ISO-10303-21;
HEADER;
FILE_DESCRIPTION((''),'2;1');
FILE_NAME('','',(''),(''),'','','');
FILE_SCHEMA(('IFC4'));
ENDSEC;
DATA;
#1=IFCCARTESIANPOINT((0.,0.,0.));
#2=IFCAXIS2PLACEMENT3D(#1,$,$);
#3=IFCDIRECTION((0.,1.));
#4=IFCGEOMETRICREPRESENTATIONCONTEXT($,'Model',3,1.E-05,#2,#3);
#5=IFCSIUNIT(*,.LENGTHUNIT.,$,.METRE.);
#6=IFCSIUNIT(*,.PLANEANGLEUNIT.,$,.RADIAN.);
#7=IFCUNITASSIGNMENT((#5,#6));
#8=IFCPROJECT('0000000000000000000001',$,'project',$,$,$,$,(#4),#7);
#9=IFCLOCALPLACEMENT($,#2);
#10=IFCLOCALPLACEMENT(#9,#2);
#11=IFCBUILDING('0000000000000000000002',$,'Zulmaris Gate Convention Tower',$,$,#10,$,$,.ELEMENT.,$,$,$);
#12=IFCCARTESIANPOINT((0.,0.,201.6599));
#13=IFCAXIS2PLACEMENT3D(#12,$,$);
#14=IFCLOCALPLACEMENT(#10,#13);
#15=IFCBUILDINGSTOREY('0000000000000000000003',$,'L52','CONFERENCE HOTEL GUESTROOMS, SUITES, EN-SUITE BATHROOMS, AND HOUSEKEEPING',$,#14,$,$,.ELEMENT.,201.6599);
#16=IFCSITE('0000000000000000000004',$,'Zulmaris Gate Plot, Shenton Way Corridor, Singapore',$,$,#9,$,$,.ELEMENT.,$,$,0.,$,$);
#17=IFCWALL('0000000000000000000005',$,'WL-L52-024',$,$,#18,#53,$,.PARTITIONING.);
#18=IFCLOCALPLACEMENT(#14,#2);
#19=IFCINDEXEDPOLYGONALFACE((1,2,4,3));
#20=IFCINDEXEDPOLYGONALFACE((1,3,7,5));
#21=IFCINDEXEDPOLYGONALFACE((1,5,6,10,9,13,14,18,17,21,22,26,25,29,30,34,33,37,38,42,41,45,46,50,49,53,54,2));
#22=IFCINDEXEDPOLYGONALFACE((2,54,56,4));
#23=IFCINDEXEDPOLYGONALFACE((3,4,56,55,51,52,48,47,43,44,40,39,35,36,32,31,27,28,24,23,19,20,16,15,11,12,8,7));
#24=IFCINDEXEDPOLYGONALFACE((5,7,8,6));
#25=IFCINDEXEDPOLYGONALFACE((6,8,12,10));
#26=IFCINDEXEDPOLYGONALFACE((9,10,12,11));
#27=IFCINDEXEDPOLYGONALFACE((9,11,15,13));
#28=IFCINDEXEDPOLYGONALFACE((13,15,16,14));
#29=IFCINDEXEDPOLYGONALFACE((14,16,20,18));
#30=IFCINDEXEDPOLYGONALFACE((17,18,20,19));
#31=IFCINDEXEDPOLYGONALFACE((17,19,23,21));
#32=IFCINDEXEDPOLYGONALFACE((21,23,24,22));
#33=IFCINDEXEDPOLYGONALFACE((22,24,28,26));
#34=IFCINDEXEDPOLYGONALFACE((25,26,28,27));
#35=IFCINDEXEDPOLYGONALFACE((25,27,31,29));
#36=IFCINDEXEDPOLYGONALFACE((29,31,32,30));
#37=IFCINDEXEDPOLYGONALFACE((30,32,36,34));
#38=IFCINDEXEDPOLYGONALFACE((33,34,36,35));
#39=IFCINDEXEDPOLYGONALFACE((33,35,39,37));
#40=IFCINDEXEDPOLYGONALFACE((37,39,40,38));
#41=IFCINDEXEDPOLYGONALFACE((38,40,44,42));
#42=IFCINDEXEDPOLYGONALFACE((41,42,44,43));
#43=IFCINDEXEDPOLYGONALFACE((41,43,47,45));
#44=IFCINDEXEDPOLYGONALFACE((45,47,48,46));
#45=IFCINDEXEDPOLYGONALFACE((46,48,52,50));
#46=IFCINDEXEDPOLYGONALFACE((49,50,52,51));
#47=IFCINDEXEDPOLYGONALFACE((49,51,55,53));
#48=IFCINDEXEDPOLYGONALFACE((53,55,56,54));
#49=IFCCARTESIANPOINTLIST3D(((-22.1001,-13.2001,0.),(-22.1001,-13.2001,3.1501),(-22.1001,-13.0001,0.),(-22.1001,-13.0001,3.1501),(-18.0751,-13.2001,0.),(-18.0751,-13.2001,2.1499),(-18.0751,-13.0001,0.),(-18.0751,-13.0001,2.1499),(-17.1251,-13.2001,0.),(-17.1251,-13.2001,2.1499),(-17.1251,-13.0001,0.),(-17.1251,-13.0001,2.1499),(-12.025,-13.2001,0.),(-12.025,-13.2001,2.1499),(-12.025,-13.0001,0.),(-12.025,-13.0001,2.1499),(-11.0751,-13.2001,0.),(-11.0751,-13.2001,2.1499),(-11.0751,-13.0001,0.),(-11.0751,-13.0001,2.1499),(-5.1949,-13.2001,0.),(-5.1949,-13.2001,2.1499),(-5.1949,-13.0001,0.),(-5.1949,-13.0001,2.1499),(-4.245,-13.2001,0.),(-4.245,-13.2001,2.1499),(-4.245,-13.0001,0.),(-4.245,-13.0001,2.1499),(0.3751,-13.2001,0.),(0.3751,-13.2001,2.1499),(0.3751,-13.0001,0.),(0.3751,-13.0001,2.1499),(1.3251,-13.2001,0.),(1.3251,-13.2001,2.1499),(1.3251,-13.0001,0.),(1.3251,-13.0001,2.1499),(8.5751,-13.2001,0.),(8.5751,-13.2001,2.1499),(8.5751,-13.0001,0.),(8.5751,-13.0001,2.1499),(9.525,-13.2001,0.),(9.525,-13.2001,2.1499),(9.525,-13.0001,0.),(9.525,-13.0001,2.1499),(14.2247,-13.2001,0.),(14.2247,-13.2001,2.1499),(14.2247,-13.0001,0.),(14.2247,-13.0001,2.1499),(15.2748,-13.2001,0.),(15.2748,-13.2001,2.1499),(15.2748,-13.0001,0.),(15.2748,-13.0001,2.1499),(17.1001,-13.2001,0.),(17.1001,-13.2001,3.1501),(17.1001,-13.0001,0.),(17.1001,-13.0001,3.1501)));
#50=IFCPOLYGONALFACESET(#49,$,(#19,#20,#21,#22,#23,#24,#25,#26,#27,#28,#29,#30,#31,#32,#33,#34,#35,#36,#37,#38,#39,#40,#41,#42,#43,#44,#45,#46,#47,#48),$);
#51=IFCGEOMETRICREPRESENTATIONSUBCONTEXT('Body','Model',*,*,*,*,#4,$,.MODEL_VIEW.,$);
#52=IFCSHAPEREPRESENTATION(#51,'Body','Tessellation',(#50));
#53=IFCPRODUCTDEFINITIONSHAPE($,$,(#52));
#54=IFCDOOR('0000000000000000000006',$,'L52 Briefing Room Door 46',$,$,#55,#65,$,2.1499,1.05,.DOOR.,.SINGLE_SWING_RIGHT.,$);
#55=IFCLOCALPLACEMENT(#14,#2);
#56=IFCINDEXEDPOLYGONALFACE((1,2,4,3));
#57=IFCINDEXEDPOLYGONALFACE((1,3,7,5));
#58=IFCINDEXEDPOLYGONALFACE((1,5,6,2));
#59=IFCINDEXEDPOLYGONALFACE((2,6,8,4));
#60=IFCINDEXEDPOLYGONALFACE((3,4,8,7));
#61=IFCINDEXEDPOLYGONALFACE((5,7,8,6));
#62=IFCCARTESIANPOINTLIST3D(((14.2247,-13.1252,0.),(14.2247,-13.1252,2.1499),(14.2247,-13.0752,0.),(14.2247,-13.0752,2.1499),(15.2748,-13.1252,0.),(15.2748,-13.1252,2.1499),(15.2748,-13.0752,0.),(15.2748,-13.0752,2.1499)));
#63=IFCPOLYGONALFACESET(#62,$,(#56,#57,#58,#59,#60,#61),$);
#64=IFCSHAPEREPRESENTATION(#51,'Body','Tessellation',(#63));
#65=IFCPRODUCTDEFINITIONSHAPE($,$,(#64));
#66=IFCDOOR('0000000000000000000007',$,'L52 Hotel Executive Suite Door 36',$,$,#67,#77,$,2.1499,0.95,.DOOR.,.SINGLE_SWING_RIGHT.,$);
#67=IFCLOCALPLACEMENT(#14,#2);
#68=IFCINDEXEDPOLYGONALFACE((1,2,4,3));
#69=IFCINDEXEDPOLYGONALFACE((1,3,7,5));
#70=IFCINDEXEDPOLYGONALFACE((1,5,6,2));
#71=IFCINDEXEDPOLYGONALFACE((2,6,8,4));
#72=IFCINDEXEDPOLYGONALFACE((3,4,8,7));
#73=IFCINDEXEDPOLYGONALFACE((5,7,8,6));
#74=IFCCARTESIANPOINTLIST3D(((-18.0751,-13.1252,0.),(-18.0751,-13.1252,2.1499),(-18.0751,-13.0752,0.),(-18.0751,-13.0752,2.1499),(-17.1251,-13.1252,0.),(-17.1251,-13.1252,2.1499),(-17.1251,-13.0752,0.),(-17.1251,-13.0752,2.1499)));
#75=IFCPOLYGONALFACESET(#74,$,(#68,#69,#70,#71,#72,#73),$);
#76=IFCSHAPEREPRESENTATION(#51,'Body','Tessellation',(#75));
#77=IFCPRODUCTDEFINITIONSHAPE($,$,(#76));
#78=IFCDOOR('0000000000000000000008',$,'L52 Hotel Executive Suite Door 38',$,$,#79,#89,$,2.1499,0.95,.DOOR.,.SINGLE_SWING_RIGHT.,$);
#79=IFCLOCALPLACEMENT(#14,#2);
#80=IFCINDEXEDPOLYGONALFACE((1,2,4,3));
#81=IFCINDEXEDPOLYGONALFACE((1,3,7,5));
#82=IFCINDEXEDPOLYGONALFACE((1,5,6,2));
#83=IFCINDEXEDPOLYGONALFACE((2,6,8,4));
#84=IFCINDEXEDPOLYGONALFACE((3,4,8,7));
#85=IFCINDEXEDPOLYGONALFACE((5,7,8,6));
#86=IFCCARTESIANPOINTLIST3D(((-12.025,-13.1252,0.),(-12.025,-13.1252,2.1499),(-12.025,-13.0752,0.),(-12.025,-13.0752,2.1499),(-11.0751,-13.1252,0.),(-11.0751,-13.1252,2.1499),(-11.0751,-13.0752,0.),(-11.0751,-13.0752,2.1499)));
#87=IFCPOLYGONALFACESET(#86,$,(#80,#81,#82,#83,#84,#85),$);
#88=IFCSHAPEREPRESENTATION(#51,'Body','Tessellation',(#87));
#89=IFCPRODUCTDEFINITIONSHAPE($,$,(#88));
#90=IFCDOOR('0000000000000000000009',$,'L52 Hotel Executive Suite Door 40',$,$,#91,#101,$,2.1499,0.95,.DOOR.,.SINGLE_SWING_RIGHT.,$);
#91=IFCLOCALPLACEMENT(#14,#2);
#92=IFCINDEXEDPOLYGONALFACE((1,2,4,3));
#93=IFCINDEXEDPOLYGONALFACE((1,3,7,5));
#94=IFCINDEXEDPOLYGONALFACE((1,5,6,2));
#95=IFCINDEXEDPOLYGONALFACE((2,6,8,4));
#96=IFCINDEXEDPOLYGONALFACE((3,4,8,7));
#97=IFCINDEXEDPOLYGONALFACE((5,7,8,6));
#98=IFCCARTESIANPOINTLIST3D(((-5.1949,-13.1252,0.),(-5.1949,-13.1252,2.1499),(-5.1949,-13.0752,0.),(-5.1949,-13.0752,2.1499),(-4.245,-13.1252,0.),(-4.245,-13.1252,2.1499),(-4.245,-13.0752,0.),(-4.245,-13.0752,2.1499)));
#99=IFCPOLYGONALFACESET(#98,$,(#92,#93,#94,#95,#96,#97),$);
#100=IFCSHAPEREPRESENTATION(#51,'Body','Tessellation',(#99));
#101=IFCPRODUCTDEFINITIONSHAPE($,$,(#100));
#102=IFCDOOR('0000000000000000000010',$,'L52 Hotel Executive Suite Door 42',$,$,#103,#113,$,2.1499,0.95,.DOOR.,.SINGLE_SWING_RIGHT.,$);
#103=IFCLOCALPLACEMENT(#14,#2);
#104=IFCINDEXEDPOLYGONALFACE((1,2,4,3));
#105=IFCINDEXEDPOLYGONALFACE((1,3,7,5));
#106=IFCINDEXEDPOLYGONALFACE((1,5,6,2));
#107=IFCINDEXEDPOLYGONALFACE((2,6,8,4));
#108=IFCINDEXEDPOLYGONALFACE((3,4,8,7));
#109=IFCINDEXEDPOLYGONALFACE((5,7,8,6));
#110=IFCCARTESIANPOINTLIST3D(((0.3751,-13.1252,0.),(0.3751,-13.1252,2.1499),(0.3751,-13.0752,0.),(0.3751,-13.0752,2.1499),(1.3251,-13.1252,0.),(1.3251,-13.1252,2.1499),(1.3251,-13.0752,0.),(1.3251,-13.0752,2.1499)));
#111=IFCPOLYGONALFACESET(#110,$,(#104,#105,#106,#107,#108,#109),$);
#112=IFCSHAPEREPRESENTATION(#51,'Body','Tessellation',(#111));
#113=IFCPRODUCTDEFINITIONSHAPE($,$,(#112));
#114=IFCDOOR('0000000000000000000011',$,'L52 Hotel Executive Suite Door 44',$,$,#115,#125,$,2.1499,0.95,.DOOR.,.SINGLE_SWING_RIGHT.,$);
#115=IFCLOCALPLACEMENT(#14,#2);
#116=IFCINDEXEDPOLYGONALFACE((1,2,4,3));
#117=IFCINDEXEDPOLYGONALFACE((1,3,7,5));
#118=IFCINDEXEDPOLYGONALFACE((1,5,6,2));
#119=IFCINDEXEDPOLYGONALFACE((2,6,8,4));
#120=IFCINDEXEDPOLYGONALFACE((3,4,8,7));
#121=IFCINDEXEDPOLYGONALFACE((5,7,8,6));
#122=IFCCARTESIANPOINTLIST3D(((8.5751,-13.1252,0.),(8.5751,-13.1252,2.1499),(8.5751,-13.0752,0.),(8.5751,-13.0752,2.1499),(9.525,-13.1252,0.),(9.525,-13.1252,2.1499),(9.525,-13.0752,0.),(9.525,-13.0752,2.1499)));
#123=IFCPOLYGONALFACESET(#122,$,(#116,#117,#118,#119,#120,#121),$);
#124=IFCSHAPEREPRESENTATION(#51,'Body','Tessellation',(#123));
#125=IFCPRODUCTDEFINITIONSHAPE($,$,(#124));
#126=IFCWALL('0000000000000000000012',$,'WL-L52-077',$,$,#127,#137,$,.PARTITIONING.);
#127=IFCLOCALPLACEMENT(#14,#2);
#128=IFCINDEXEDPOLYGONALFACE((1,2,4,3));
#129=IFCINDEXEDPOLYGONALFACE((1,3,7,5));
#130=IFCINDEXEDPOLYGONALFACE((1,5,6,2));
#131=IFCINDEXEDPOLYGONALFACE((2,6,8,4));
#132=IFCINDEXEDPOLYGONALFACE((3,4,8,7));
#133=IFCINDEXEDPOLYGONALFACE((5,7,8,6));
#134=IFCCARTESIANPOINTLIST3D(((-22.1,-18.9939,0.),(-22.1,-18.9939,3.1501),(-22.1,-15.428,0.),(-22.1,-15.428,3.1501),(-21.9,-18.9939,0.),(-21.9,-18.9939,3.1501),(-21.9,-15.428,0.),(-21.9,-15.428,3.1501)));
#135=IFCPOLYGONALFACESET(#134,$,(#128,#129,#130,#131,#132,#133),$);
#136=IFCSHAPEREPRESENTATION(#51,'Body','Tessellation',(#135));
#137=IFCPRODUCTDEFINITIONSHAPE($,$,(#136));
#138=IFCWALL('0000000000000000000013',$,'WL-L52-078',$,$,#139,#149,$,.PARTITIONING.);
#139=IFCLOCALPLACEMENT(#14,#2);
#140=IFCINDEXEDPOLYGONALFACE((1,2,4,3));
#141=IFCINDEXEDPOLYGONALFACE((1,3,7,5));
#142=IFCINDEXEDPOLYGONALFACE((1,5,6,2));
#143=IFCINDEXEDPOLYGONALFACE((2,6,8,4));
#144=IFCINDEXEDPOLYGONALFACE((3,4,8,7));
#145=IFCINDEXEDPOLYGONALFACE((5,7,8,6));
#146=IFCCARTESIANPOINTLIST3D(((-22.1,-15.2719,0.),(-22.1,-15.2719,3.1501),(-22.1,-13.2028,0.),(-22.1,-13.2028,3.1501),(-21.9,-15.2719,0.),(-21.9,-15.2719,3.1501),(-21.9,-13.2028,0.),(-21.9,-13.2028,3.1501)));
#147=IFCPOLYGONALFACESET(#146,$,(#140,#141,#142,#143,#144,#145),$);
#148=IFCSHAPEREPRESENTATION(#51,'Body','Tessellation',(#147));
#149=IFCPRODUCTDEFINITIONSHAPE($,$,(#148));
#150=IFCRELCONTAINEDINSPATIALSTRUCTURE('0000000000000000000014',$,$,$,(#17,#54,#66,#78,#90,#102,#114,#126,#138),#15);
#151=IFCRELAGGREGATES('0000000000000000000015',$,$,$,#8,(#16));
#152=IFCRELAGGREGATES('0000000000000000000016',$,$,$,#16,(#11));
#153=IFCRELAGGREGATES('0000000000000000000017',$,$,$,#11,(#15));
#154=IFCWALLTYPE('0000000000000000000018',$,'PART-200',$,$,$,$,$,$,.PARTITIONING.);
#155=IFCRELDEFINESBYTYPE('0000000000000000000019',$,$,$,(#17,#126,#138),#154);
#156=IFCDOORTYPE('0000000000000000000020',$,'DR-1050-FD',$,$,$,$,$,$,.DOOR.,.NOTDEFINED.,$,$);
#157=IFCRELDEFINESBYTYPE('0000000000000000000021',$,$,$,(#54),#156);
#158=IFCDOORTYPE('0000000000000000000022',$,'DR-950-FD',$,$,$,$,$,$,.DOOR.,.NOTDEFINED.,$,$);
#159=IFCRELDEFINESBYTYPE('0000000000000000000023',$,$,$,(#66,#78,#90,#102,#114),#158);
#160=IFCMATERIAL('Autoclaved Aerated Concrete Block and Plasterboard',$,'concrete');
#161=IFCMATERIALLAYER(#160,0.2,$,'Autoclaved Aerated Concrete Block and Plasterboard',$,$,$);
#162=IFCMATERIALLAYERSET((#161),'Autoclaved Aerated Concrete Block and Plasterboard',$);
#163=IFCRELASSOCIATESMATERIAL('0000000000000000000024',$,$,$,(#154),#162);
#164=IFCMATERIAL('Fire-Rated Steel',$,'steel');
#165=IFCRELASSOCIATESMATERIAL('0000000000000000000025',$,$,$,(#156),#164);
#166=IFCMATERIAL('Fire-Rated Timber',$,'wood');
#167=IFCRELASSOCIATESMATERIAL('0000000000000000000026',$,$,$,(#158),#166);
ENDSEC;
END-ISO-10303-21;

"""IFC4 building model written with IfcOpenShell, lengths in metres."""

from ifc_helpers import new_model, si_unit, direction, frame, frame_2d, origin, place, context, subcontext, project, spatial, rectangle, extrude, material, layer, layer_set, type_object, element, fill, save


model = new_model("IFC4")

# Units and contexts
model_context = context("Model", 3, precision=1e-05, world=origin(), true_north=direction((0.0, 1.0)))
body_context = subcontext(model_context, "Body", "Model", "MODEL_VIEW")
ifc_project = project(units=[si_unit("LENGTHUNIT", "METRE"), si_unit("PLANEANGLEUNIT", "RADIAN")], contexts=[model_context])

# Site, building, storey
site_placement = place(None, origin())
site = spatial("IfcSite", under=ifc_project, at=site_placement, Name="Zulmaris Gate Plot, Shenton Way Corridor, Singapore", CompositionType="ELEMENT", RefElevation=0.0)
building_placement = place(site_placement, origin())
building = spatial("IfcBuilding", under=site, at=building_placement, Name="Zulmaris Gate Convention Tower", CompositionType="ELEMENT")
storey_placement = place(building_placement, frame((0.0, 0.0, 201.6599)))
storey = spatial("IfcBuildingStorey", under=building, at=storey_placement, Name="L52", Description="CONFERENCE HOTEL GUESTROOMS, SUITES, EN-SUITE BATHROOMS, AND HOUSEKEEPING", CompositionType="ELEMENT", Elevation=201.6599)

# Wall, openings, doors
ifc_material_1 = material(Name="Autoclaved Aerated Concrete Block and Plasterboard", Category="concrete")
ifc_layer_1 = layer(ifc_material_1, 0.2, Name="Autoclaved Aerated Concrete Block and Plasterboard")
ifc_layer_set_1 = layer_set([ifc_layer_1], Name="Autoclaved Aerated Concrete Block and Plasterboard")
wall_type_1 = type_object("IfcWallType", Name="PART-200", PredefinedType="PARTITIONING", material=ifc_layer_set_1)
wall_1_placement = place(storey_placement, frame((-22.1001, -13.1001, 0.0), z_axis=(0.0, 0.0, 1.0), x_axis=(1.0, 0.0, 0.0)))
wall_1 = element("IfcWall", 1, at=wall_1_placement, inside=storey, type_object=wall_type_1, Name="WL-L52-024", PredefinedType="PARTITIONING", context=body_context, shape_type="SweptSolid", body=[
    extrude(rectangle(XDim=39.2002, YDim=0.2, at=frame_2d((19.6001, 0.0))), origin(), (0.0, 0.0, 1.0), 3.1501),
])
opening_1_placement = place(wall_1_placement, frame((4.0249, 0.0, 0.0)))
opening_1 = element("IfcOpeningElement", 2, at=opening_1_placement, cuts=wall_1, PredefinedType="OPENING", context=body_context, shape_type="SweptSolid", body=[
    extrude(rectangle(XDim=0.95, YDim=2.1499, at=frame_2d((0.4751, 1.075))), frame((0.0, 0.1099, 0.0), z_axis=(0.0, -1.0, 0.0), x_axis=(1.0, 0.0, 0.0)), (0.0, 0.0, 1.0), 0.22),
])
opening_2_placement = place(wall_1_placement, frame((10.075, 0.0, 0.0)))
opening_2 = element("IfcOpeningElement", 3, at=opening_2_placement, cuts=wall_1, PredefinedType="OPENING", context=body_context, shape_type="SweptSolid", body=[
    extrude(rectangle(XDim=0.95, YDim=2.1499, at=frame_2d((0.4751, 1.075))), frame((0.0, 0.1099, 0.0), z_axis=(0.0, -1.0, 0.0), x_axis=(1.0, 0.0, 0.0)), (0.0, 0.0, 1.0), 0.22),
])
opening_3_placement = place(wall_1_placement, frame((16.905, 0.0, 0.0)))
opening_3 = element("IfcOpeningElement", 4, at=opening_3_placement, cuts=wall_1, PredefinedType="OPENING", context=body_context, shape_type="SweptSolid", body=[
    extrude(rectangle(XDim=0.95, YDim=2.1499, at=frame_2d((0.4751, 1.075))), frame((0.0, 0.1099, 0.0), z_axis=(0.0, -1.0, 0.0), x_axis=(1.0, 0.0, 0.0)), (0.0, 0.0, 1.0), 0.22),
])
opening_4_placement = place(wall_1_placement, frame((22.4751, 0.0, 0.0)))
opening_4 = element("IfcOpeningElement", 5, at=opening_4_placement, cuts=wall_1, PredefinedType="OPENING", context=body_context, shape_type="SweptSolid", body=[
    extrude(rectangle(XDim=0.95, YDim=2.1499, at=frame_2d((0.4751, 1.075))), frame((0.0, 0.1099, 0.0), z_axis=(0.0, -1.0, 0.0), x_axis=(1.0, 0.0, 0.0)), (0.0, 0.0, 1.0), 0.22),
])
opening_5_placement = place(wall_1_placement, frame((30.675, 0.0, 0.0)))
opening_5 = element("IfcOpeningElement", 6, at=opening_5_placement, cuts=wall_1, PredefinedType="OPENING", context=body_context, shape_type="SweptSolid", body=[
    extrude(rectangle(XDim=0.95, YDim=2.1499, at=frame_2d((0.4751, 1.075))), frame((0.0, 0.1099, 0.0), z_axis=(0.0, -1.0, 0.0), x_axis=(1.0, 0.0, 0.0)), (0.0, 0.0, 1.0), 0.22),
])
opening_6_placement = place(wall_1_placement, frame((36.325, 0.0, 0.0)))
opening_6 = element("IfcOpeningElement", 7, at=opening_6_placement, cuts=wall_1, PredefinedType="OPENING", context=body_context, shape_type="SweptSolid", body=[
    extrude(rectangle(XDim=1.05, YDim=2.1499, at=frame_2d((0.5249, 1.075))), frame((0.0, 0.1099, 0.0), z_axis=(0.0, -1.0, 0.0), x_axis=(1.0, 0.0, 0.0)), (0.0, 0.0, 1.0), 0.22),
])
ifc_material_2 = material(Name="Fire-Rated Steel", Category="steel")
door_type_1 = type_object("IfcDoorType", Name="DR-1050-FD", OperationType="NOTDEFINED", PredefinedType="DOOR", material=ifc_material_2)
door_1_placement = place(opening_6_placement, origin())
door_1 = element("IfcDoor", 8, at=door_1_placement, inside=storey, type_object=door_type_1, Name="L52 Briefing Room Door 46", OperationType="SINGLE_SWING_RIGHT", OverallHeight=2.1499, OverallWidth=1.05, PredefinedType="DOOR", context=body_context, shape_type="SweptSolid", body=[
    extrude(rectangle(XDim=1.05, YDim=2.1499, at=frame_2d((0.5249, 1.075))), frame((0.0, 0.0249, 0.0), z_axis=(0.0, -1.0, 0.0), x_axis=(1.0, 0.0, 0.0)), (0.0, 0.0, 1.0), 0.05),
])
fill(opening_6, door_1)
ifc_material_3 = material(Name="Fire-Rated Timber", Category="wood")
door_type_2 = type_object("IfcDoorType", Name="DR-950-FD", OperationType="NOTDEFINED", PredefinedType="DOOR", material=ifc_material_3)
door_2_placement = place(opening_1_placement, origin())
door_2 = element("IfcDoor", 9, at=door_2_placement, inside=storey, type_object=door_type_2, Name="L52 Hotel Executive Suite Door 36", OperationType="SINGLE_SWING_RIGHT", OverallHeight=2.1499, OverallWidth=0.95, PredefinedType="DOOR", context=body_context, shape_type="SweptSolid", body=[
    extrude(rectangle(XDim=0.95, YDim=2.1499, at=frame_2d((0.4751, 1.075))), frame((0.0, 0.0249, 0.0), z_axis=(0.0, -1.0, 0.0), x_axis=(1.0, 0.0, 0.0)), (0.0, 0.0, 1.0), 0.05),
])
fill(opening_1, door_2)
door_3_placement = place(opening_2_placement, origin())
door_3 = element("IfcDoor", 10, at=door_3_placement, inside=storey, type_object=door_type_2, Name="L52 Hotel Executive Suite Door 38", OperationType="SINGLE_SWING_RIGHT", OverallHeight=2.1499, OverallWidth=0.95, PredefinedType="DOOR", context=body_context, shape_type="SweptSolid", body=[
    extrude(rectangle(XDim=0.95, YDim=2.1499, at=frame_2d((0.4751, 1.075))), frame((0.0, 0.0249, 0.0), z_axis=(0.0, -1.0, 0.0), x_axis=(1.0, 0.0, 0.0)), (0.0, 0.0, 1.0), 0.05),
])
fill(opening_2, door_3)
door_4_placement = place(opening_3_placement, origin())
door_4 = element("IfcDoor", 11, at=door_4_placement, inside=storey, type_object=door_type_2, Name="L52 Hotel Executive Suite Door 40", OperationType="SINGLE_SWING_RIGHT", OverallHeight=2.1499, OverallWidth=0.95, PredefinedType="DOOR", context=body_context, shape_type="SweptSolid", body=[
    extrude(rectangle(XDim=0.95, YDim=2.1499, at=frame_2d((0.4751, 1.075))), frame((0.0, 0.0249, 0.0), z_axis=(0.0, -1.0, 0.0), x_axis=(1.0, 0.0, 0.0)), (0.0, 0.0, 1.0), 0.05),
])
fill(opening_3, door_4)
door_5_placement = place(opening_4_placement, origin())
door_5 = element("IfcDoor", 12, at=door_5_placement, inside=storey, type_object=door_type_2, Name="L52 Hotel Executive Suite Door 42", OperationType="SINGLE_SWING_RIGHT", OverallHeight=2.1499, OverallWidth=0.95, PredefinedType="DOOR", context=body_context, shape_type="SweptSolid", body=[
    extrude(rectangle(XDim=0.95, YDim=2.1499, at=frame_2d((0.4751, 1.075))), frame((0.0, 0.0249, 0.0), z_axis=(0.0, -1.0, 0.0), x_axis=(1.0, 0.0, 0.0)), (0.0, 0.0, 1.0), 0.05),
])
fill(opening_4, door_5)
door_6_placement = place(opening_5_placement, origin())
door_6 = element("IfcDoor", 13, at=door_6_placement, inside=storey, type_object=door_type_2, Name="L52 Hotel Executive Suite Door 44", OperationType="SINGLE_SWING_RIGHT", OverallHeight=2.1499, OverallWidth=0.95, PredefinedType="DOOR", context=body_context, shape_type="SweptSolid", body=[
    extrude(rectangle(XDim=0.95, YDim=2.1499, at=frame_2d((0.4751, 1.075))), frame((0.0, 0.0249, 0.0), z_axis=(0.0, -1.0, 0.0), x_axis=(1.0, 0.0, 0.0)), (0.0, 0.0, 1.0), 0.05),
])
fill(opening_5, door_6)

# Walls
wall_2_placement = place(storey_placement, frame((-22.0, -18.9939, 0.0), z_axis=(0.0, 0.0, 1.0), x_axis=(0.0, 1.0, 0.0)))
element("IfcWall", 14, at=wall_2_placement, inside=storey, type_object=wall_type_1, Name="WL-L52-077", PredefinedType="PARTITIONING", context=body_context, shape_type="SweptSolid", body=[
    extrude(rectangle(XDim=3.5659, YDim=0.2, at=frame_2d((1.783, 0.0))), origin(), (0.0, 0.0, 1.0), 3.1501),
])
wall_3_placement = place(storey_placement, frame((-22.0, -15.272, 0.0), z_axis=(0.0, 0.0, 1.0), x_axis=(0.0, 1.0, 0.0)))
element("IfcWall", 15, at=wall_3_placement, inside=storey, type_object=wall_type_1, Name="WL-L52-078", PredefinedType="PARTITIONING", context=body_context, shape_type="SweptSolid", body=[
    extrude(rectangle(XDim=2.0691, YDim=0.2, at=frame_2d((1.0347, 0.0))), origin(), (0.0, 0.0, 1.0), 3.1501),
])

save(model, "model.ifc")
